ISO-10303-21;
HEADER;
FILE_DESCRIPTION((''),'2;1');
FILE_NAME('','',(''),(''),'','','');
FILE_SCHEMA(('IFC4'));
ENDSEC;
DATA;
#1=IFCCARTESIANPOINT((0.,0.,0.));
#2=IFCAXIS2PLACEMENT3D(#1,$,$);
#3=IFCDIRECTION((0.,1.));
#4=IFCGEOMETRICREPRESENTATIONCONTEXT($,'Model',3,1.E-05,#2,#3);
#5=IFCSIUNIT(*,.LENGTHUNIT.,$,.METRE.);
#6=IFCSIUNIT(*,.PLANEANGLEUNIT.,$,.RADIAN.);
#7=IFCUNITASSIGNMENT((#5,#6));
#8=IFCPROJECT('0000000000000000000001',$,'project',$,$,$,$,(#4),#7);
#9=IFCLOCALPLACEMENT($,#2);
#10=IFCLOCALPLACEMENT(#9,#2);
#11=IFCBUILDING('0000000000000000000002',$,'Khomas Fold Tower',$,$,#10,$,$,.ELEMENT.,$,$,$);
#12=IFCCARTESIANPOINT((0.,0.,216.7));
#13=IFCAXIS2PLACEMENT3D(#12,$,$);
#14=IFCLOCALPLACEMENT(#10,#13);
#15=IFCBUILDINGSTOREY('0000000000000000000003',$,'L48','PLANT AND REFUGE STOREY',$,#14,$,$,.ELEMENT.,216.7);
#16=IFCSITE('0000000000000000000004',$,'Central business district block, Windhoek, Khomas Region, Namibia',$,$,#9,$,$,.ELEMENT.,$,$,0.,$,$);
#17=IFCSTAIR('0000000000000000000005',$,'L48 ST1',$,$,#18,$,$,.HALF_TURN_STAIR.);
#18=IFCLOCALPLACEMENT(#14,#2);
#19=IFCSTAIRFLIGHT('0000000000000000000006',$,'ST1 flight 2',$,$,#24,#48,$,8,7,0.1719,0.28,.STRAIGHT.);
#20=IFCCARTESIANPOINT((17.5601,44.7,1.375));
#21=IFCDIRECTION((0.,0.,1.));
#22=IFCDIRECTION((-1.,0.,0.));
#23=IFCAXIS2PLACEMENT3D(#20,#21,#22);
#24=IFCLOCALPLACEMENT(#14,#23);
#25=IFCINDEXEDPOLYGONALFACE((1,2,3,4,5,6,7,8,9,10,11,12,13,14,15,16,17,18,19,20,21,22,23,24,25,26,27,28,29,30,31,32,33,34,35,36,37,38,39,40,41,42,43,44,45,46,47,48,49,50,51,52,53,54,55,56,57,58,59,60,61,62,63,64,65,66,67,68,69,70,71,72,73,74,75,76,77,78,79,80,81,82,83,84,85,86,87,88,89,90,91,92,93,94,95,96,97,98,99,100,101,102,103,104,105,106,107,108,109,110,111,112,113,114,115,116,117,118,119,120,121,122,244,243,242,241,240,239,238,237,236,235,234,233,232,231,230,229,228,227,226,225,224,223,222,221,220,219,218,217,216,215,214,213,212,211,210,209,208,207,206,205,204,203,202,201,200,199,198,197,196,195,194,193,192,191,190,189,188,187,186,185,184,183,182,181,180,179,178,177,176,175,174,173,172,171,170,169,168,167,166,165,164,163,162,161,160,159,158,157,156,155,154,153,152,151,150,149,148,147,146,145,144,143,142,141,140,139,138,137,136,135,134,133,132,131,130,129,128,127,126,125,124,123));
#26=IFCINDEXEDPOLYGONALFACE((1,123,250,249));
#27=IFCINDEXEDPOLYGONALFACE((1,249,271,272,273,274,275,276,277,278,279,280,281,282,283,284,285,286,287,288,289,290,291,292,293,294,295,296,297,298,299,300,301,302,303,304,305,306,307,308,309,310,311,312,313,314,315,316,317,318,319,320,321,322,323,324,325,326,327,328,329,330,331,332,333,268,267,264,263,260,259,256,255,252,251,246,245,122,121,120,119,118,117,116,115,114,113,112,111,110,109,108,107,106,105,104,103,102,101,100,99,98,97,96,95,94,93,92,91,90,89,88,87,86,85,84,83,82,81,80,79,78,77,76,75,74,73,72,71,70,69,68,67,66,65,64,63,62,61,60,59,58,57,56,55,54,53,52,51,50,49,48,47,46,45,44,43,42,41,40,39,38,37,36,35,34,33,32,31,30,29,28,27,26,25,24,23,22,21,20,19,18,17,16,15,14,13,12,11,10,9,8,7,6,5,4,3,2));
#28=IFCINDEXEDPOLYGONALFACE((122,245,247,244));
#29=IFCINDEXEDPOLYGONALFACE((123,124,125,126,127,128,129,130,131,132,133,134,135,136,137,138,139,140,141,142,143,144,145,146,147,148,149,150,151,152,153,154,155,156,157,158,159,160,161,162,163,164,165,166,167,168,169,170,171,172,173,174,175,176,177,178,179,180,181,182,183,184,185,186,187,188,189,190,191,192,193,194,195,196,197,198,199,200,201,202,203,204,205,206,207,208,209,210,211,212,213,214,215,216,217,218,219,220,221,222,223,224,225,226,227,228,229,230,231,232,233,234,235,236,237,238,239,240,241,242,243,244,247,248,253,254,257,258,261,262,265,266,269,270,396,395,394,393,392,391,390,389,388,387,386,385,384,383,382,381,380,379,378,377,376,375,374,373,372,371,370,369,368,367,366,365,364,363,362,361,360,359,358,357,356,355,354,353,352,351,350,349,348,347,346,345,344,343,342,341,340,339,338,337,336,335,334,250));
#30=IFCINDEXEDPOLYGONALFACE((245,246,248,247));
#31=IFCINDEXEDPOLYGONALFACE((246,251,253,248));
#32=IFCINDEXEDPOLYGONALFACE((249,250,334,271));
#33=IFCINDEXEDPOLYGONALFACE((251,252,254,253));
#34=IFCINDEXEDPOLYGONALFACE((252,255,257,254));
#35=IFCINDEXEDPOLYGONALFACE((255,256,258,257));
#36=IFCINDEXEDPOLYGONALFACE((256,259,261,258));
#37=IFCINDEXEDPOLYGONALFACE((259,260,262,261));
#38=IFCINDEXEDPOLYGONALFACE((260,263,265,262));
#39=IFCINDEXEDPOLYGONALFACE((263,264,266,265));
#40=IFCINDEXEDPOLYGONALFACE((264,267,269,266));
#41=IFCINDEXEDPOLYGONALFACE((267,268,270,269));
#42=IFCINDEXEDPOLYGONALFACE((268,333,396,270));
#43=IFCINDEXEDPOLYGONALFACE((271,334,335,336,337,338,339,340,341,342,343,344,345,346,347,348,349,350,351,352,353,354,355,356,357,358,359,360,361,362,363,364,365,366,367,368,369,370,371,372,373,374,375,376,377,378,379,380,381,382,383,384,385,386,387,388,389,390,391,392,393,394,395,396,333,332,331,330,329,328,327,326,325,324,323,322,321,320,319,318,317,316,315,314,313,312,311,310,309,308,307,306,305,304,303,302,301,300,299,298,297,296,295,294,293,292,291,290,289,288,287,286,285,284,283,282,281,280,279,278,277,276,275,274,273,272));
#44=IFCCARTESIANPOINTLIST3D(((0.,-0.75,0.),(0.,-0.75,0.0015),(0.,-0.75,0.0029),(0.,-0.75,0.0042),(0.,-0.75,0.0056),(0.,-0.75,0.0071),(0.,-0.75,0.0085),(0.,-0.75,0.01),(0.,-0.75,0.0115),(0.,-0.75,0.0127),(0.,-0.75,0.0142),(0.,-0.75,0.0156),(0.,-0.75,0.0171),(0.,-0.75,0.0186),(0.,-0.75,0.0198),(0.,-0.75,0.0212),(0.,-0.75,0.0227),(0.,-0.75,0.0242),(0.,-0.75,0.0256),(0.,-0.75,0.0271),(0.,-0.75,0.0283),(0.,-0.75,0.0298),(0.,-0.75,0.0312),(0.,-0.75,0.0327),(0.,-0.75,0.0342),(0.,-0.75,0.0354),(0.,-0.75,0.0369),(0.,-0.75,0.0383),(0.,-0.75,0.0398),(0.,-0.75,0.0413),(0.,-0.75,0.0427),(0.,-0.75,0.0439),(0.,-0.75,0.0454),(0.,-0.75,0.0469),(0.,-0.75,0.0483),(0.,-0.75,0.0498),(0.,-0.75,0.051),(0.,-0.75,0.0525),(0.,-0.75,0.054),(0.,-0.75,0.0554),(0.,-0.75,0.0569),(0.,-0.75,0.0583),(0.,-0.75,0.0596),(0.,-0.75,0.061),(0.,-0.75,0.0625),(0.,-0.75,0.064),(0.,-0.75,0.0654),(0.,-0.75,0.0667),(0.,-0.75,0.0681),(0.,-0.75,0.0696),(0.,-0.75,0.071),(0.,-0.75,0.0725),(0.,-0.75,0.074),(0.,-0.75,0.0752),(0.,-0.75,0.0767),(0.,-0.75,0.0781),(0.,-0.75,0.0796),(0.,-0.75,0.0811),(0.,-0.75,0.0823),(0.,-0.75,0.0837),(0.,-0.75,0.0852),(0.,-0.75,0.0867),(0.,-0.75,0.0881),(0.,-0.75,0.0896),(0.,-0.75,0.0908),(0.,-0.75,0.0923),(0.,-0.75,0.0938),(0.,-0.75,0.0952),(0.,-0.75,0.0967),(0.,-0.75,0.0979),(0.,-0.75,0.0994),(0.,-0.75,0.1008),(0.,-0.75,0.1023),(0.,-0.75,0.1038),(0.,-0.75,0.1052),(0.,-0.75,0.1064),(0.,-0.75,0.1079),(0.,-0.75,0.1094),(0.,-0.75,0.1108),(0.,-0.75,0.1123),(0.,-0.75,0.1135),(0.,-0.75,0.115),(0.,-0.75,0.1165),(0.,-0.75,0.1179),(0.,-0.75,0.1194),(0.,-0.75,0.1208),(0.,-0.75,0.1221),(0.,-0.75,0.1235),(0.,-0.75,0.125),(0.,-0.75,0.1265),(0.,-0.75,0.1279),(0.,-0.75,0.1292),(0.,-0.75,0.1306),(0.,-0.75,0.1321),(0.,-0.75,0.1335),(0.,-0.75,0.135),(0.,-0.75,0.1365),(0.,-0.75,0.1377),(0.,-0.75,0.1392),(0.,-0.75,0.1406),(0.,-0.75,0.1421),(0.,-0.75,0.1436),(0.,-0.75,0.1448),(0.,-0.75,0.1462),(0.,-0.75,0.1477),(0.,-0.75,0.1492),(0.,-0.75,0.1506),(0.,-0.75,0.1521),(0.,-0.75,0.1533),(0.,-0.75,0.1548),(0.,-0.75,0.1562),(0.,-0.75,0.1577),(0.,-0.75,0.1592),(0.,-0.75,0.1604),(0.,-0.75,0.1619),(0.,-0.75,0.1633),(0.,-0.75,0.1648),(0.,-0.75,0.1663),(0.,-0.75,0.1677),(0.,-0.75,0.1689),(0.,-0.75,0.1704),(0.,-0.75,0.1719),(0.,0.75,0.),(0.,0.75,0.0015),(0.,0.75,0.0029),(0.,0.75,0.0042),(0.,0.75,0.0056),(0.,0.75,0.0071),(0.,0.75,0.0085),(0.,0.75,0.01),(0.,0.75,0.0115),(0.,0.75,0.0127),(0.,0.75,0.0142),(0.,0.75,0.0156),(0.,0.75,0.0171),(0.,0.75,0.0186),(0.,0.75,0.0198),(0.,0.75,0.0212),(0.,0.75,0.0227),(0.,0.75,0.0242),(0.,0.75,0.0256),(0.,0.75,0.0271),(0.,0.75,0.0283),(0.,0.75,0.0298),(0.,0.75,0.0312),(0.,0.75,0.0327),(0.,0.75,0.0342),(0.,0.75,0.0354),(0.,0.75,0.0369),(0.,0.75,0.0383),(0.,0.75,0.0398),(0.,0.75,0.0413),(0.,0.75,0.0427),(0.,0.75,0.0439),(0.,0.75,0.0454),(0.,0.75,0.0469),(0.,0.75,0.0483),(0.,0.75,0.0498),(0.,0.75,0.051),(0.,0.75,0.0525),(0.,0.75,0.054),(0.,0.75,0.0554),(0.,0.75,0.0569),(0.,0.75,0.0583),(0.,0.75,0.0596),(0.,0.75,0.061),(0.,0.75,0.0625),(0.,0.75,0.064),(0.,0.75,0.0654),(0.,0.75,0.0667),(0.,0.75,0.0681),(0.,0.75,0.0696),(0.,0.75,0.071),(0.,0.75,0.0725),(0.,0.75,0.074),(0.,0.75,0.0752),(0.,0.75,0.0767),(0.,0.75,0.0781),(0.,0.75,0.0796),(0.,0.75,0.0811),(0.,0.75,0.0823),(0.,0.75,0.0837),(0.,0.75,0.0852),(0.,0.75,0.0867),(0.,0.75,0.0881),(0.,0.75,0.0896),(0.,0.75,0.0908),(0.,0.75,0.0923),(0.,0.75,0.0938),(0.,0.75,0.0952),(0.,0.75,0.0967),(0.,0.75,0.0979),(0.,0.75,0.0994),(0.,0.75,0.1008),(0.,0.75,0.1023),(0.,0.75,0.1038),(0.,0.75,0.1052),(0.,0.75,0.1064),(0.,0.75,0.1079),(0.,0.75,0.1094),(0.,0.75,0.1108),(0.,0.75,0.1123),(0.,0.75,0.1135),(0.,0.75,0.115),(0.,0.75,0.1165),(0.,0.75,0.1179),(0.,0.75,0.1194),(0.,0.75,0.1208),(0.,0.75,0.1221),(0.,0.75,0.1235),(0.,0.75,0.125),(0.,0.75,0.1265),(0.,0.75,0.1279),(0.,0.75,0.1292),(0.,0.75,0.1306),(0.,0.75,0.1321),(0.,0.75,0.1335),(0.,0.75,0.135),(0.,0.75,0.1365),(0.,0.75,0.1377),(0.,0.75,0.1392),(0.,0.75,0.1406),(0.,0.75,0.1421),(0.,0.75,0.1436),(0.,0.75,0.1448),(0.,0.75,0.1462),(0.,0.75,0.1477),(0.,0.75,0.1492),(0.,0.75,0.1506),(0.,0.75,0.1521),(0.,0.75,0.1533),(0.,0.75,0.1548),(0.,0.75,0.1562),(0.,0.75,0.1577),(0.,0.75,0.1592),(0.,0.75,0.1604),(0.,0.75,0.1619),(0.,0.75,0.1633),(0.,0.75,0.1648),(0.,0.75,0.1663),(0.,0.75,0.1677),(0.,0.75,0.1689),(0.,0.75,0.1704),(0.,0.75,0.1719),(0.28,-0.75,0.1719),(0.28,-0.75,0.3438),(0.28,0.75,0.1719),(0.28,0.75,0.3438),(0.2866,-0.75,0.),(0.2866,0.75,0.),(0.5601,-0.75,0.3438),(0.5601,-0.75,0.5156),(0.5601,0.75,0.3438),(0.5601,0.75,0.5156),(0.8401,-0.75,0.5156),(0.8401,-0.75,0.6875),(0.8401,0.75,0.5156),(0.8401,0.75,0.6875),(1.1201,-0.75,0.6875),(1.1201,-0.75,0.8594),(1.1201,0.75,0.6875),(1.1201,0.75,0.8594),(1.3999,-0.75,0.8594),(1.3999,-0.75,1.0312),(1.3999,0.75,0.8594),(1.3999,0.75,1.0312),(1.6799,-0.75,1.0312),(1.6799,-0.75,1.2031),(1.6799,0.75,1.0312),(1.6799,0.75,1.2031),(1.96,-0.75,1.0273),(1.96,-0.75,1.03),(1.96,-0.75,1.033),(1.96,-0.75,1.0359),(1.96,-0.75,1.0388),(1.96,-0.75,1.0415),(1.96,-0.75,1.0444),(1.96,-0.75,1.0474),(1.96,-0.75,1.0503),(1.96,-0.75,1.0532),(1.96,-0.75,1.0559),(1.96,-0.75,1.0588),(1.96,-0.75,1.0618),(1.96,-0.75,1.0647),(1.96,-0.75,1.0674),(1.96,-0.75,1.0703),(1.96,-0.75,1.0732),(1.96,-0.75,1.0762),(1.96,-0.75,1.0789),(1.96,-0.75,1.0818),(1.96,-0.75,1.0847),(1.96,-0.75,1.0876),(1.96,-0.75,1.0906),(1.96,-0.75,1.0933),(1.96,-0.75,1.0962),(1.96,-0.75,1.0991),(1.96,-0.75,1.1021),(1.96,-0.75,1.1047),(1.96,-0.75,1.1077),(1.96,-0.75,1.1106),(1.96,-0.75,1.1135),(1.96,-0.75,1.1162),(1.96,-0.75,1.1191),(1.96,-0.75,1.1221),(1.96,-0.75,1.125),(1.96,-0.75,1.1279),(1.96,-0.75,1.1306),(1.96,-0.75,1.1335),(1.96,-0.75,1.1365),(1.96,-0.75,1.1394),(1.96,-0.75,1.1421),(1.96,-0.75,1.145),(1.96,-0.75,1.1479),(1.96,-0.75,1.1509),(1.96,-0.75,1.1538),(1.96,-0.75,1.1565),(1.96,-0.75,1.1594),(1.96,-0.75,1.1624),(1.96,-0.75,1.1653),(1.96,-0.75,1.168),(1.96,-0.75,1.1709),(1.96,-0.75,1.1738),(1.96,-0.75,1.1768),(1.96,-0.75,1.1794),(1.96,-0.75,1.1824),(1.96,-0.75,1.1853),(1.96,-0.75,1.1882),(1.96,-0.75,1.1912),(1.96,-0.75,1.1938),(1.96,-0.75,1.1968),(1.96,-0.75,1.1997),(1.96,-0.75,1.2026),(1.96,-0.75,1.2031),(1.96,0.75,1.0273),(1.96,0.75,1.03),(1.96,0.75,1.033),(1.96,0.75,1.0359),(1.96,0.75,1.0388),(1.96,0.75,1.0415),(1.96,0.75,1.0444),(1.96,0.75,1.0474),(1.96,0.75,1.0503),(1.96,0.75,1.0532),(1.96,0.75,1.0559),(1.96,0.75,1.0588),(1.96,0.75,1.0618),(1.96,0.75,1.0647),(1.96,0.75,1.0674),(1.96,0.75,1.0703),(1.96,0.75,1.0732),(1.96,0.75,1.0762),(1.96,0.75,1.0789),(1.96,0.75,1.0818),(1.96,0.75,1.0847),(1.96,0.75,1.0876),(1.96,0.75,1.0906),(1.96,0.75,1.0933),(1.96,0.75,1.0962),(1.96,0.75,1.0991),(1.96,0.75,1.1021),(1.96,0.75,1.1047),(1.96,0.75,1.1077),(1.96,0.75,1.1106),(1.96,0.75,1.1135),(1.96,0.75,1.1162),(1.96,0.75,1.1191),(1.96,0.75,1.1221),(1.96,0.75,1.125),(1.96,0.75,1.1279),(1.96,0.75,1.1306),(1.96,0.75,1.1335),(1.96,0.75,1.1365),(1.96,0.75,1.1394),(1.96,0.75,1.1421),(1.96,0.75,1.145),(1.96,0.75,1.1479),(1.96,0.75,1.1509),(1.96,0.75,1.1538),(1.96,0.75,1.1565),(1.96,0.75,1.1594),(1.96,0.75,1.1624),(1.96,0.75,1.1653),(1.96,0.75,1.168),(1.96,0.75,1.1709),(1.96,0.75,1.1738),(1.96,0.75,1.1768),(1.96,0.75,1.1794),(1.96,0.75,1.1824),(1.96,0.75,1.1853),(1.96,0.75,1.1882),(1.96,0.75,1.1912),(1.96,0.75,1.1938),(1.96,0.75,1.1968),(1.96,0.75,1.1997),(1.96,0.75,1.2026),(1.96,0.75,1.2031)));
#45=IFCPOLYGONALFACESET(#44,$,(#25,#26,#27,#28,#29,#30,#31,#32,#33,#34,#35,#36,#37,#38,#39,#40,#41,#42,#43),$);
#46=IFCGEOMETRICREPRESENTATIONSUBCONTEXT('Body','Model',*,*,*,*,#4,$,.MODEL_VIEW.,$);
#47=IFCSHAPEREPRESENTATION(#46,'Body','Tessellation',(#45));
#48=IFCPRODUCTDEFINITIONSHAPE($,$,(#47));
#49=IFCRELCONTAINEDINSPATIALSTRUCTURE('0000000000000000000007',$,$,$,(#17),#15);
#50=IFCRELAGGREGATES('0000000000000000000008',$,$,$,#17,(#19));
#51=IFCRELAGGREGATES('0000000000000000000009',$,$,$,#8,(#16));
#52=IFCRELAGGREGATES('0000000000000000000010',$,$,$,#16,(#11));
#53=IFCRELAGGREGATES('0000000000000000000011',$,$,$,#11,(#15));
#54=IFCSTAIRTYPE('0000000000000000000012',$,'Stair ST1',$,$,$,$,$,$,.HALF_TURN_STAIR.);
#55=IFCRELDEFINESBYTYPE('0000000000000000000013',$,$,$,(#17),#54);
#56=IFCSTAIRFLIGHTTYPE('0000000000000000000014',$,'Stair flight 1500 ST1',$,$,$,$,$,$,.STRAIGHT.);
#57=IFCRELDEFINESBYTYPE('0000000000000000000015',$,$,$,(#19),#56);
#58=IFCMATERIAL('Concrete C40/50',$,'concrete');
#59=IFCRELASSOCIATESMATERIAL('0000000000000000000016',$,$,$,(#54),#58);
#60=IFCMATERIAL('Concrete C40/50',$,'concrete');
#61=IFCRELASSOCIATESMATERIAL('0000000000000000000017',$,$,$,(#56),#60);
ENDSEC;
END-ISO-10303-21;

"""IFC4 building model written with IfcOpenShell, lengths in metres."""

from ifc_helpers import new_model, si_unit, direction, frame, origin, place, context, subcontext, project, spatial, polyline, outline, extrude, source, transform, mapped, material, type_object, element, aggregate, save


model = new_model("IFC4")

# Units and contexts
model_context = context("Model", 3, precision=1e-05, world=origin(), true_north=direction((0.0, 1.0)))
body_context = subcontext(model_context, "Body", "Model", "MODEL_VIEW")
ifc_project = project(units=[si_unit("LENGTHUNIT", "METRE"), si_unit("PLANEANGLEUNIT", "RADIAN")], contexts=[model_context])

# Site, building, storey
site_placement = place(None, origin())
site = spatial("IfcSite", under=ifc_project, at=site_placement, Name="Central business district block, Windhoek, Khomas Region, Namibia", CompositionType="ELEMENT", RefElevation=0.0)
building_placement = place(site_placement, origin())
building = spatial("IfcBuilding", under=site, at=building_placement, Name="Khomas Fold Tower", CompositionType="ELEMENT")
storey_placement = place(building_placement, frame((0.0, 0.0, 216.7)))
storey = spatial("IfcBuildingStorey", under=building, at=storey_placement, Name="L48", Description="PLANT AND REFUGE STOREY", CompositionType="ELEMENT", Elevation=216.7)

# Stair, stair flight
ifc_material_1 = material(Name="Concrete C40/50", Category="concrete")
stair_type = type_object("IfcStairType", Name="Stair ST1", PredefinedType="HALF_TURN_STAIR", material=ifc_material_1)
stair_placement = place(storey_placement, origin())
stair = element("IfcStair", 1, at=stair_placement, inside=storey, type_object=stair_type, Name="L48 ST1", PredefinedType="HALF_TURN_STAIR")
ifc_material_2 = material(Name="Concrete C40/50", Category="concrete")
stair_flight_type = type_object("IfcStairFlightType", Name="Stair flight 1500 ST1", PredefinedType="STRAIGHT", material=ifc_material_2)
shared_shape_1 = source(origin(), body_context, "Body", "SweptSolid", [
    extrude(outline(polyline([(0.0, 0.0), (0.0, 0.0015), (0.0, 0.0029), (0.0, 0.0042), (0.0, 0.0056), (0.0, 0.0071), (0.0, 0.0085), (0.0, 0.01), (0.0, 0.0115), (0.0, 0.0127), (0.0, 0.0142), (0.0, 0.0156), (0.0, 0.0171), (0.0, 0.0186), (0.0, 0.0198), (0.0, 0.0212), (0.0, 0.0227), (0.0, 0.0242), (0.0, 0.0256), (0.0, 0.0271), (0.0, 0.0283), (0.0, 0.0298), (0.0, 0.0312), (0.0, 0.0327), (0.0, 0.0342), (0.0, 0.0354), (0.0, 0.0369), (0.0, 0.0383), (0.0, 0.0398), (0.0, 0.0413), (0.0, 0.0427), (0.0, 0.0439), (0.0, 0.0454), (0.0, 0.0469), (0.0, 0.0483), (0.0, 0.0498), (0.0, 0.051), (0.0, 0.0525), (0.0, 0.054), (0.0, 0.0554), (0.0, 0.0569), (0.0, 0.0583), (0.0, 0.0596), (0.0, 0.061), (0.0, 0.0625), (0.0, 0.064), (0.0, 0.0654), (0.0, 0.0667), (0.0, 0.0681), (0.0, 0.0696), (0.0, 0.071), (0.0, 0.0725), (0.0, 0.074), (0.0, 0.0752), (0.0, 0.0767), (0.0, 0.0781), (0.0, 0.0796), (0.0, 0.0811), (0.0, 0.0823), (0.0, 0.0837), (0.0, 0.0852), (0.0, 0.0867), (0.0, 0.0881), (0.0, 0.0896), (0.0, 0.0908), (0.0, 0.0923), (0.0, 0.0938), (0.0, 0.0952), (0.0, 0.0967), (0.0, 0.0979), (0.0, 0.0994), (0.0, 0.1008), (0.0, 0.1023), (0.0, 0.1038), (0.0, 0.1052), (0.0, 0.1064), (0.0, 0.1079), (0.0, 0.1094), (0.0, 0.1108), (0.0, 0.1123), (0.0, 0.1135), (0.0, 0.115), (0.0, 0.1165), (0.0, 0.1179), (0.0, 0.1194), (0.0, 0.1208), (0.0, 0.1221), (0.0, 0.1235), (0.0, 0.125), (0.0, 0.1265), (0.0, 0.1279), (0.0, 0.1292), (0.0, 0.1306), (0.0, 0.1321), (0.0, 0.1335), (0.0, 0.135), (0.0, 0.1365), (0.0, 0.1377), (0.0, 0.1392), (0.0, 0.1406), (0.0, 0.1421), (0.0, 0.1436), (0.0, 0.1448), (0.0, 0.1462), (0.0, 0.1477), (0.0, 0.1492), (0.0, 0.1506), (0.0, 0.1521), (0.0, 0.1533), (0.0, 0.1548), (0.0, 0.1562), (0.0, 0.1577), (0.0, 0.1592), (0.0, 0.1604), (0.0, 0.1619), (0.0, 0.1633), (0.0, 0.1648), (0.0, 0.1663), (0.0, 0.1677), (0.0, 0.1689), (0.0, 0.1704), (0.0, 0.1719), (0.28, 0.1719), (0.28, 0.3438), (0.5601, 0.3438), (0.5601, 0.5156), (0.8401, 0.5156), (0.8401, 0.6875), (1.1201, 0.6875), (1.1201, 0.8594), (1.3999, 0.8594), (1.3999, 1.0312), (1.6799, 1.0312), (1.6799, 1.2031), (1.96, 1.2031), (1.96, 1.375), (1.96, 1.3721), (1.96, 1.3691), (1.96, 1.3665), (1.96, 1.3635), (1.96, 1.3606), (1.96, 1.3577), (1.96, 1.355), (1.96, 1.3521), (1.96, 1.3491), (1.96, 1.3462), (1.96, 1.3435), (1.96, 1.3406), (1.96, 1.3376), (1.96, 1.3347), (1.96, 1.3318), (1.96, 1.3291), (1.96, 1.3262), (1.96, 1.3232), (1.96, 1.3203), (1.96, 1.3176), (1.96, 1.3147), (1.96, 1.3118), (1.96, 1.3088), (1.96, 1.3059), (1.96, 1.3032), (1.96, 1.3003), (1.96, 1.2974), (1.96, 1.2944), (1.96, 1.2917), (1.96, 1.2888), (1.96, 1.2859), (1.96, 1.283), (1.96, 1.2803), (1.96, 1.2773), (1.96, 1.2744), (1.96, 1.2715), (1.96, 1.2686), (1.96, 1.2659), (1.96, 1.2629), (1.96, 1.26), (1.96, 1.2571), (1.96, 1.2544), (1.96, 1.2515), (1.96, 1.2485), (1.96, 1.2456), (1.96, 1.2427), (1.96, 1.24), (1.96, 1.2371), (1.96, 1.2341), (1.96, 1.2312), (1.96, 1.2285), (1.96, 1.2256), (1.96, 1.2227), (1.96, 1.2197), (1.96, 1.217), (1.96, 1.2141), (1.96, 1.2112), (1.96, 1.2083), (1.96, 1.2053), (1.96, 1.2026), (1.96, 1.1997), (1.96, 1.1968), (1.96, 1.1938), (1.96, 1.1912), (1.96, 1.1882), (1.96, 1.1853), (1.96, 1.1824), (1.96, 1.1794), (1.96, 1.1768), (1.96, 1.1738), (1.96, 1.1709), (1.96, 1.168), (1.96, 1.1653), (1.96, 1.1624), (1.96, 1.1594), (1.96, 1.1565), (1.96, 1.1538), (1.96, 1.1509), (1.96, 1.1479), (1.96, 1.145), (1.96, 1.1421), (1.96, 1.1394), (1.96, 1.1365), (1.96, 1.1335), (1.96, 1.1306), (1.96, 1.1279), (1.96, 1.125), (1.96, 1.1221), (1.96, 1.1191), (1.96, 1.1162), (1.96, 1.1135), (1.96, 1.1106), (1.96, 1.1077), (1.96, 1.1047), (1.96, 1.1021), (1.96, 1.0991), (1.96, 1.0962), (1.96, 1.0933), (1.96, 1.0906), (1.96, 1.0876), (1.96, 1.0847), (1.96, 1.0818), (1.96, 1.0789), (1.96, 1.0762), (1.96, 1.0732), (1.96, 1.0703), (1.96, 1.0674), (1.96, 1.0647), (1.96, 1.0618), (1.96, 1.0588), (1.96, 1.0559), (1.96, 1.0532), (1.96, 1.0503), (1.96, 1.0474), (1.96, 1.0444), (1.96, 1.0415), (1.96, 1.0388), (1.96, 1.0359), (1.96, 1.033), (1.96, 1.03), (1.96, 1.0273), (0.2866, 0.0), (0.0, 0.0)])), frame((0.0, 0.75, 0.0), z_axis=(0.0, -1.0, 0.0), x_axis=(1.0, 0.0, 0.0)), (0.0, 0.0, 1.0), 1.5),
])
stair_flight_1_placement = place(storey_placement, frame((17.5601, 44.7, 1.375), z_axis=(0.0, 0.0, 1.0), x_axis=(-1.0, 0.0, 0.0)))
stair_flight_1 = element("IfcStairFlight", 2, at=stair_flight_1_placement, type_object=stair_flight_type, Name="ST1 flight 2", NumberOfRisers=8, NumberOfTreads=7, PredefinedType="STRAIGHT", RiserHeight=0.1719, TreadLength=0.28, context=body_context, shape_type="MappedRepresentation", body=[
    mapped(shared_shape_1, transform((0.0, 0.0, 0.0))),
])
aggregate(stair, [stair_flight_1])

save(model, "model.ifc")
